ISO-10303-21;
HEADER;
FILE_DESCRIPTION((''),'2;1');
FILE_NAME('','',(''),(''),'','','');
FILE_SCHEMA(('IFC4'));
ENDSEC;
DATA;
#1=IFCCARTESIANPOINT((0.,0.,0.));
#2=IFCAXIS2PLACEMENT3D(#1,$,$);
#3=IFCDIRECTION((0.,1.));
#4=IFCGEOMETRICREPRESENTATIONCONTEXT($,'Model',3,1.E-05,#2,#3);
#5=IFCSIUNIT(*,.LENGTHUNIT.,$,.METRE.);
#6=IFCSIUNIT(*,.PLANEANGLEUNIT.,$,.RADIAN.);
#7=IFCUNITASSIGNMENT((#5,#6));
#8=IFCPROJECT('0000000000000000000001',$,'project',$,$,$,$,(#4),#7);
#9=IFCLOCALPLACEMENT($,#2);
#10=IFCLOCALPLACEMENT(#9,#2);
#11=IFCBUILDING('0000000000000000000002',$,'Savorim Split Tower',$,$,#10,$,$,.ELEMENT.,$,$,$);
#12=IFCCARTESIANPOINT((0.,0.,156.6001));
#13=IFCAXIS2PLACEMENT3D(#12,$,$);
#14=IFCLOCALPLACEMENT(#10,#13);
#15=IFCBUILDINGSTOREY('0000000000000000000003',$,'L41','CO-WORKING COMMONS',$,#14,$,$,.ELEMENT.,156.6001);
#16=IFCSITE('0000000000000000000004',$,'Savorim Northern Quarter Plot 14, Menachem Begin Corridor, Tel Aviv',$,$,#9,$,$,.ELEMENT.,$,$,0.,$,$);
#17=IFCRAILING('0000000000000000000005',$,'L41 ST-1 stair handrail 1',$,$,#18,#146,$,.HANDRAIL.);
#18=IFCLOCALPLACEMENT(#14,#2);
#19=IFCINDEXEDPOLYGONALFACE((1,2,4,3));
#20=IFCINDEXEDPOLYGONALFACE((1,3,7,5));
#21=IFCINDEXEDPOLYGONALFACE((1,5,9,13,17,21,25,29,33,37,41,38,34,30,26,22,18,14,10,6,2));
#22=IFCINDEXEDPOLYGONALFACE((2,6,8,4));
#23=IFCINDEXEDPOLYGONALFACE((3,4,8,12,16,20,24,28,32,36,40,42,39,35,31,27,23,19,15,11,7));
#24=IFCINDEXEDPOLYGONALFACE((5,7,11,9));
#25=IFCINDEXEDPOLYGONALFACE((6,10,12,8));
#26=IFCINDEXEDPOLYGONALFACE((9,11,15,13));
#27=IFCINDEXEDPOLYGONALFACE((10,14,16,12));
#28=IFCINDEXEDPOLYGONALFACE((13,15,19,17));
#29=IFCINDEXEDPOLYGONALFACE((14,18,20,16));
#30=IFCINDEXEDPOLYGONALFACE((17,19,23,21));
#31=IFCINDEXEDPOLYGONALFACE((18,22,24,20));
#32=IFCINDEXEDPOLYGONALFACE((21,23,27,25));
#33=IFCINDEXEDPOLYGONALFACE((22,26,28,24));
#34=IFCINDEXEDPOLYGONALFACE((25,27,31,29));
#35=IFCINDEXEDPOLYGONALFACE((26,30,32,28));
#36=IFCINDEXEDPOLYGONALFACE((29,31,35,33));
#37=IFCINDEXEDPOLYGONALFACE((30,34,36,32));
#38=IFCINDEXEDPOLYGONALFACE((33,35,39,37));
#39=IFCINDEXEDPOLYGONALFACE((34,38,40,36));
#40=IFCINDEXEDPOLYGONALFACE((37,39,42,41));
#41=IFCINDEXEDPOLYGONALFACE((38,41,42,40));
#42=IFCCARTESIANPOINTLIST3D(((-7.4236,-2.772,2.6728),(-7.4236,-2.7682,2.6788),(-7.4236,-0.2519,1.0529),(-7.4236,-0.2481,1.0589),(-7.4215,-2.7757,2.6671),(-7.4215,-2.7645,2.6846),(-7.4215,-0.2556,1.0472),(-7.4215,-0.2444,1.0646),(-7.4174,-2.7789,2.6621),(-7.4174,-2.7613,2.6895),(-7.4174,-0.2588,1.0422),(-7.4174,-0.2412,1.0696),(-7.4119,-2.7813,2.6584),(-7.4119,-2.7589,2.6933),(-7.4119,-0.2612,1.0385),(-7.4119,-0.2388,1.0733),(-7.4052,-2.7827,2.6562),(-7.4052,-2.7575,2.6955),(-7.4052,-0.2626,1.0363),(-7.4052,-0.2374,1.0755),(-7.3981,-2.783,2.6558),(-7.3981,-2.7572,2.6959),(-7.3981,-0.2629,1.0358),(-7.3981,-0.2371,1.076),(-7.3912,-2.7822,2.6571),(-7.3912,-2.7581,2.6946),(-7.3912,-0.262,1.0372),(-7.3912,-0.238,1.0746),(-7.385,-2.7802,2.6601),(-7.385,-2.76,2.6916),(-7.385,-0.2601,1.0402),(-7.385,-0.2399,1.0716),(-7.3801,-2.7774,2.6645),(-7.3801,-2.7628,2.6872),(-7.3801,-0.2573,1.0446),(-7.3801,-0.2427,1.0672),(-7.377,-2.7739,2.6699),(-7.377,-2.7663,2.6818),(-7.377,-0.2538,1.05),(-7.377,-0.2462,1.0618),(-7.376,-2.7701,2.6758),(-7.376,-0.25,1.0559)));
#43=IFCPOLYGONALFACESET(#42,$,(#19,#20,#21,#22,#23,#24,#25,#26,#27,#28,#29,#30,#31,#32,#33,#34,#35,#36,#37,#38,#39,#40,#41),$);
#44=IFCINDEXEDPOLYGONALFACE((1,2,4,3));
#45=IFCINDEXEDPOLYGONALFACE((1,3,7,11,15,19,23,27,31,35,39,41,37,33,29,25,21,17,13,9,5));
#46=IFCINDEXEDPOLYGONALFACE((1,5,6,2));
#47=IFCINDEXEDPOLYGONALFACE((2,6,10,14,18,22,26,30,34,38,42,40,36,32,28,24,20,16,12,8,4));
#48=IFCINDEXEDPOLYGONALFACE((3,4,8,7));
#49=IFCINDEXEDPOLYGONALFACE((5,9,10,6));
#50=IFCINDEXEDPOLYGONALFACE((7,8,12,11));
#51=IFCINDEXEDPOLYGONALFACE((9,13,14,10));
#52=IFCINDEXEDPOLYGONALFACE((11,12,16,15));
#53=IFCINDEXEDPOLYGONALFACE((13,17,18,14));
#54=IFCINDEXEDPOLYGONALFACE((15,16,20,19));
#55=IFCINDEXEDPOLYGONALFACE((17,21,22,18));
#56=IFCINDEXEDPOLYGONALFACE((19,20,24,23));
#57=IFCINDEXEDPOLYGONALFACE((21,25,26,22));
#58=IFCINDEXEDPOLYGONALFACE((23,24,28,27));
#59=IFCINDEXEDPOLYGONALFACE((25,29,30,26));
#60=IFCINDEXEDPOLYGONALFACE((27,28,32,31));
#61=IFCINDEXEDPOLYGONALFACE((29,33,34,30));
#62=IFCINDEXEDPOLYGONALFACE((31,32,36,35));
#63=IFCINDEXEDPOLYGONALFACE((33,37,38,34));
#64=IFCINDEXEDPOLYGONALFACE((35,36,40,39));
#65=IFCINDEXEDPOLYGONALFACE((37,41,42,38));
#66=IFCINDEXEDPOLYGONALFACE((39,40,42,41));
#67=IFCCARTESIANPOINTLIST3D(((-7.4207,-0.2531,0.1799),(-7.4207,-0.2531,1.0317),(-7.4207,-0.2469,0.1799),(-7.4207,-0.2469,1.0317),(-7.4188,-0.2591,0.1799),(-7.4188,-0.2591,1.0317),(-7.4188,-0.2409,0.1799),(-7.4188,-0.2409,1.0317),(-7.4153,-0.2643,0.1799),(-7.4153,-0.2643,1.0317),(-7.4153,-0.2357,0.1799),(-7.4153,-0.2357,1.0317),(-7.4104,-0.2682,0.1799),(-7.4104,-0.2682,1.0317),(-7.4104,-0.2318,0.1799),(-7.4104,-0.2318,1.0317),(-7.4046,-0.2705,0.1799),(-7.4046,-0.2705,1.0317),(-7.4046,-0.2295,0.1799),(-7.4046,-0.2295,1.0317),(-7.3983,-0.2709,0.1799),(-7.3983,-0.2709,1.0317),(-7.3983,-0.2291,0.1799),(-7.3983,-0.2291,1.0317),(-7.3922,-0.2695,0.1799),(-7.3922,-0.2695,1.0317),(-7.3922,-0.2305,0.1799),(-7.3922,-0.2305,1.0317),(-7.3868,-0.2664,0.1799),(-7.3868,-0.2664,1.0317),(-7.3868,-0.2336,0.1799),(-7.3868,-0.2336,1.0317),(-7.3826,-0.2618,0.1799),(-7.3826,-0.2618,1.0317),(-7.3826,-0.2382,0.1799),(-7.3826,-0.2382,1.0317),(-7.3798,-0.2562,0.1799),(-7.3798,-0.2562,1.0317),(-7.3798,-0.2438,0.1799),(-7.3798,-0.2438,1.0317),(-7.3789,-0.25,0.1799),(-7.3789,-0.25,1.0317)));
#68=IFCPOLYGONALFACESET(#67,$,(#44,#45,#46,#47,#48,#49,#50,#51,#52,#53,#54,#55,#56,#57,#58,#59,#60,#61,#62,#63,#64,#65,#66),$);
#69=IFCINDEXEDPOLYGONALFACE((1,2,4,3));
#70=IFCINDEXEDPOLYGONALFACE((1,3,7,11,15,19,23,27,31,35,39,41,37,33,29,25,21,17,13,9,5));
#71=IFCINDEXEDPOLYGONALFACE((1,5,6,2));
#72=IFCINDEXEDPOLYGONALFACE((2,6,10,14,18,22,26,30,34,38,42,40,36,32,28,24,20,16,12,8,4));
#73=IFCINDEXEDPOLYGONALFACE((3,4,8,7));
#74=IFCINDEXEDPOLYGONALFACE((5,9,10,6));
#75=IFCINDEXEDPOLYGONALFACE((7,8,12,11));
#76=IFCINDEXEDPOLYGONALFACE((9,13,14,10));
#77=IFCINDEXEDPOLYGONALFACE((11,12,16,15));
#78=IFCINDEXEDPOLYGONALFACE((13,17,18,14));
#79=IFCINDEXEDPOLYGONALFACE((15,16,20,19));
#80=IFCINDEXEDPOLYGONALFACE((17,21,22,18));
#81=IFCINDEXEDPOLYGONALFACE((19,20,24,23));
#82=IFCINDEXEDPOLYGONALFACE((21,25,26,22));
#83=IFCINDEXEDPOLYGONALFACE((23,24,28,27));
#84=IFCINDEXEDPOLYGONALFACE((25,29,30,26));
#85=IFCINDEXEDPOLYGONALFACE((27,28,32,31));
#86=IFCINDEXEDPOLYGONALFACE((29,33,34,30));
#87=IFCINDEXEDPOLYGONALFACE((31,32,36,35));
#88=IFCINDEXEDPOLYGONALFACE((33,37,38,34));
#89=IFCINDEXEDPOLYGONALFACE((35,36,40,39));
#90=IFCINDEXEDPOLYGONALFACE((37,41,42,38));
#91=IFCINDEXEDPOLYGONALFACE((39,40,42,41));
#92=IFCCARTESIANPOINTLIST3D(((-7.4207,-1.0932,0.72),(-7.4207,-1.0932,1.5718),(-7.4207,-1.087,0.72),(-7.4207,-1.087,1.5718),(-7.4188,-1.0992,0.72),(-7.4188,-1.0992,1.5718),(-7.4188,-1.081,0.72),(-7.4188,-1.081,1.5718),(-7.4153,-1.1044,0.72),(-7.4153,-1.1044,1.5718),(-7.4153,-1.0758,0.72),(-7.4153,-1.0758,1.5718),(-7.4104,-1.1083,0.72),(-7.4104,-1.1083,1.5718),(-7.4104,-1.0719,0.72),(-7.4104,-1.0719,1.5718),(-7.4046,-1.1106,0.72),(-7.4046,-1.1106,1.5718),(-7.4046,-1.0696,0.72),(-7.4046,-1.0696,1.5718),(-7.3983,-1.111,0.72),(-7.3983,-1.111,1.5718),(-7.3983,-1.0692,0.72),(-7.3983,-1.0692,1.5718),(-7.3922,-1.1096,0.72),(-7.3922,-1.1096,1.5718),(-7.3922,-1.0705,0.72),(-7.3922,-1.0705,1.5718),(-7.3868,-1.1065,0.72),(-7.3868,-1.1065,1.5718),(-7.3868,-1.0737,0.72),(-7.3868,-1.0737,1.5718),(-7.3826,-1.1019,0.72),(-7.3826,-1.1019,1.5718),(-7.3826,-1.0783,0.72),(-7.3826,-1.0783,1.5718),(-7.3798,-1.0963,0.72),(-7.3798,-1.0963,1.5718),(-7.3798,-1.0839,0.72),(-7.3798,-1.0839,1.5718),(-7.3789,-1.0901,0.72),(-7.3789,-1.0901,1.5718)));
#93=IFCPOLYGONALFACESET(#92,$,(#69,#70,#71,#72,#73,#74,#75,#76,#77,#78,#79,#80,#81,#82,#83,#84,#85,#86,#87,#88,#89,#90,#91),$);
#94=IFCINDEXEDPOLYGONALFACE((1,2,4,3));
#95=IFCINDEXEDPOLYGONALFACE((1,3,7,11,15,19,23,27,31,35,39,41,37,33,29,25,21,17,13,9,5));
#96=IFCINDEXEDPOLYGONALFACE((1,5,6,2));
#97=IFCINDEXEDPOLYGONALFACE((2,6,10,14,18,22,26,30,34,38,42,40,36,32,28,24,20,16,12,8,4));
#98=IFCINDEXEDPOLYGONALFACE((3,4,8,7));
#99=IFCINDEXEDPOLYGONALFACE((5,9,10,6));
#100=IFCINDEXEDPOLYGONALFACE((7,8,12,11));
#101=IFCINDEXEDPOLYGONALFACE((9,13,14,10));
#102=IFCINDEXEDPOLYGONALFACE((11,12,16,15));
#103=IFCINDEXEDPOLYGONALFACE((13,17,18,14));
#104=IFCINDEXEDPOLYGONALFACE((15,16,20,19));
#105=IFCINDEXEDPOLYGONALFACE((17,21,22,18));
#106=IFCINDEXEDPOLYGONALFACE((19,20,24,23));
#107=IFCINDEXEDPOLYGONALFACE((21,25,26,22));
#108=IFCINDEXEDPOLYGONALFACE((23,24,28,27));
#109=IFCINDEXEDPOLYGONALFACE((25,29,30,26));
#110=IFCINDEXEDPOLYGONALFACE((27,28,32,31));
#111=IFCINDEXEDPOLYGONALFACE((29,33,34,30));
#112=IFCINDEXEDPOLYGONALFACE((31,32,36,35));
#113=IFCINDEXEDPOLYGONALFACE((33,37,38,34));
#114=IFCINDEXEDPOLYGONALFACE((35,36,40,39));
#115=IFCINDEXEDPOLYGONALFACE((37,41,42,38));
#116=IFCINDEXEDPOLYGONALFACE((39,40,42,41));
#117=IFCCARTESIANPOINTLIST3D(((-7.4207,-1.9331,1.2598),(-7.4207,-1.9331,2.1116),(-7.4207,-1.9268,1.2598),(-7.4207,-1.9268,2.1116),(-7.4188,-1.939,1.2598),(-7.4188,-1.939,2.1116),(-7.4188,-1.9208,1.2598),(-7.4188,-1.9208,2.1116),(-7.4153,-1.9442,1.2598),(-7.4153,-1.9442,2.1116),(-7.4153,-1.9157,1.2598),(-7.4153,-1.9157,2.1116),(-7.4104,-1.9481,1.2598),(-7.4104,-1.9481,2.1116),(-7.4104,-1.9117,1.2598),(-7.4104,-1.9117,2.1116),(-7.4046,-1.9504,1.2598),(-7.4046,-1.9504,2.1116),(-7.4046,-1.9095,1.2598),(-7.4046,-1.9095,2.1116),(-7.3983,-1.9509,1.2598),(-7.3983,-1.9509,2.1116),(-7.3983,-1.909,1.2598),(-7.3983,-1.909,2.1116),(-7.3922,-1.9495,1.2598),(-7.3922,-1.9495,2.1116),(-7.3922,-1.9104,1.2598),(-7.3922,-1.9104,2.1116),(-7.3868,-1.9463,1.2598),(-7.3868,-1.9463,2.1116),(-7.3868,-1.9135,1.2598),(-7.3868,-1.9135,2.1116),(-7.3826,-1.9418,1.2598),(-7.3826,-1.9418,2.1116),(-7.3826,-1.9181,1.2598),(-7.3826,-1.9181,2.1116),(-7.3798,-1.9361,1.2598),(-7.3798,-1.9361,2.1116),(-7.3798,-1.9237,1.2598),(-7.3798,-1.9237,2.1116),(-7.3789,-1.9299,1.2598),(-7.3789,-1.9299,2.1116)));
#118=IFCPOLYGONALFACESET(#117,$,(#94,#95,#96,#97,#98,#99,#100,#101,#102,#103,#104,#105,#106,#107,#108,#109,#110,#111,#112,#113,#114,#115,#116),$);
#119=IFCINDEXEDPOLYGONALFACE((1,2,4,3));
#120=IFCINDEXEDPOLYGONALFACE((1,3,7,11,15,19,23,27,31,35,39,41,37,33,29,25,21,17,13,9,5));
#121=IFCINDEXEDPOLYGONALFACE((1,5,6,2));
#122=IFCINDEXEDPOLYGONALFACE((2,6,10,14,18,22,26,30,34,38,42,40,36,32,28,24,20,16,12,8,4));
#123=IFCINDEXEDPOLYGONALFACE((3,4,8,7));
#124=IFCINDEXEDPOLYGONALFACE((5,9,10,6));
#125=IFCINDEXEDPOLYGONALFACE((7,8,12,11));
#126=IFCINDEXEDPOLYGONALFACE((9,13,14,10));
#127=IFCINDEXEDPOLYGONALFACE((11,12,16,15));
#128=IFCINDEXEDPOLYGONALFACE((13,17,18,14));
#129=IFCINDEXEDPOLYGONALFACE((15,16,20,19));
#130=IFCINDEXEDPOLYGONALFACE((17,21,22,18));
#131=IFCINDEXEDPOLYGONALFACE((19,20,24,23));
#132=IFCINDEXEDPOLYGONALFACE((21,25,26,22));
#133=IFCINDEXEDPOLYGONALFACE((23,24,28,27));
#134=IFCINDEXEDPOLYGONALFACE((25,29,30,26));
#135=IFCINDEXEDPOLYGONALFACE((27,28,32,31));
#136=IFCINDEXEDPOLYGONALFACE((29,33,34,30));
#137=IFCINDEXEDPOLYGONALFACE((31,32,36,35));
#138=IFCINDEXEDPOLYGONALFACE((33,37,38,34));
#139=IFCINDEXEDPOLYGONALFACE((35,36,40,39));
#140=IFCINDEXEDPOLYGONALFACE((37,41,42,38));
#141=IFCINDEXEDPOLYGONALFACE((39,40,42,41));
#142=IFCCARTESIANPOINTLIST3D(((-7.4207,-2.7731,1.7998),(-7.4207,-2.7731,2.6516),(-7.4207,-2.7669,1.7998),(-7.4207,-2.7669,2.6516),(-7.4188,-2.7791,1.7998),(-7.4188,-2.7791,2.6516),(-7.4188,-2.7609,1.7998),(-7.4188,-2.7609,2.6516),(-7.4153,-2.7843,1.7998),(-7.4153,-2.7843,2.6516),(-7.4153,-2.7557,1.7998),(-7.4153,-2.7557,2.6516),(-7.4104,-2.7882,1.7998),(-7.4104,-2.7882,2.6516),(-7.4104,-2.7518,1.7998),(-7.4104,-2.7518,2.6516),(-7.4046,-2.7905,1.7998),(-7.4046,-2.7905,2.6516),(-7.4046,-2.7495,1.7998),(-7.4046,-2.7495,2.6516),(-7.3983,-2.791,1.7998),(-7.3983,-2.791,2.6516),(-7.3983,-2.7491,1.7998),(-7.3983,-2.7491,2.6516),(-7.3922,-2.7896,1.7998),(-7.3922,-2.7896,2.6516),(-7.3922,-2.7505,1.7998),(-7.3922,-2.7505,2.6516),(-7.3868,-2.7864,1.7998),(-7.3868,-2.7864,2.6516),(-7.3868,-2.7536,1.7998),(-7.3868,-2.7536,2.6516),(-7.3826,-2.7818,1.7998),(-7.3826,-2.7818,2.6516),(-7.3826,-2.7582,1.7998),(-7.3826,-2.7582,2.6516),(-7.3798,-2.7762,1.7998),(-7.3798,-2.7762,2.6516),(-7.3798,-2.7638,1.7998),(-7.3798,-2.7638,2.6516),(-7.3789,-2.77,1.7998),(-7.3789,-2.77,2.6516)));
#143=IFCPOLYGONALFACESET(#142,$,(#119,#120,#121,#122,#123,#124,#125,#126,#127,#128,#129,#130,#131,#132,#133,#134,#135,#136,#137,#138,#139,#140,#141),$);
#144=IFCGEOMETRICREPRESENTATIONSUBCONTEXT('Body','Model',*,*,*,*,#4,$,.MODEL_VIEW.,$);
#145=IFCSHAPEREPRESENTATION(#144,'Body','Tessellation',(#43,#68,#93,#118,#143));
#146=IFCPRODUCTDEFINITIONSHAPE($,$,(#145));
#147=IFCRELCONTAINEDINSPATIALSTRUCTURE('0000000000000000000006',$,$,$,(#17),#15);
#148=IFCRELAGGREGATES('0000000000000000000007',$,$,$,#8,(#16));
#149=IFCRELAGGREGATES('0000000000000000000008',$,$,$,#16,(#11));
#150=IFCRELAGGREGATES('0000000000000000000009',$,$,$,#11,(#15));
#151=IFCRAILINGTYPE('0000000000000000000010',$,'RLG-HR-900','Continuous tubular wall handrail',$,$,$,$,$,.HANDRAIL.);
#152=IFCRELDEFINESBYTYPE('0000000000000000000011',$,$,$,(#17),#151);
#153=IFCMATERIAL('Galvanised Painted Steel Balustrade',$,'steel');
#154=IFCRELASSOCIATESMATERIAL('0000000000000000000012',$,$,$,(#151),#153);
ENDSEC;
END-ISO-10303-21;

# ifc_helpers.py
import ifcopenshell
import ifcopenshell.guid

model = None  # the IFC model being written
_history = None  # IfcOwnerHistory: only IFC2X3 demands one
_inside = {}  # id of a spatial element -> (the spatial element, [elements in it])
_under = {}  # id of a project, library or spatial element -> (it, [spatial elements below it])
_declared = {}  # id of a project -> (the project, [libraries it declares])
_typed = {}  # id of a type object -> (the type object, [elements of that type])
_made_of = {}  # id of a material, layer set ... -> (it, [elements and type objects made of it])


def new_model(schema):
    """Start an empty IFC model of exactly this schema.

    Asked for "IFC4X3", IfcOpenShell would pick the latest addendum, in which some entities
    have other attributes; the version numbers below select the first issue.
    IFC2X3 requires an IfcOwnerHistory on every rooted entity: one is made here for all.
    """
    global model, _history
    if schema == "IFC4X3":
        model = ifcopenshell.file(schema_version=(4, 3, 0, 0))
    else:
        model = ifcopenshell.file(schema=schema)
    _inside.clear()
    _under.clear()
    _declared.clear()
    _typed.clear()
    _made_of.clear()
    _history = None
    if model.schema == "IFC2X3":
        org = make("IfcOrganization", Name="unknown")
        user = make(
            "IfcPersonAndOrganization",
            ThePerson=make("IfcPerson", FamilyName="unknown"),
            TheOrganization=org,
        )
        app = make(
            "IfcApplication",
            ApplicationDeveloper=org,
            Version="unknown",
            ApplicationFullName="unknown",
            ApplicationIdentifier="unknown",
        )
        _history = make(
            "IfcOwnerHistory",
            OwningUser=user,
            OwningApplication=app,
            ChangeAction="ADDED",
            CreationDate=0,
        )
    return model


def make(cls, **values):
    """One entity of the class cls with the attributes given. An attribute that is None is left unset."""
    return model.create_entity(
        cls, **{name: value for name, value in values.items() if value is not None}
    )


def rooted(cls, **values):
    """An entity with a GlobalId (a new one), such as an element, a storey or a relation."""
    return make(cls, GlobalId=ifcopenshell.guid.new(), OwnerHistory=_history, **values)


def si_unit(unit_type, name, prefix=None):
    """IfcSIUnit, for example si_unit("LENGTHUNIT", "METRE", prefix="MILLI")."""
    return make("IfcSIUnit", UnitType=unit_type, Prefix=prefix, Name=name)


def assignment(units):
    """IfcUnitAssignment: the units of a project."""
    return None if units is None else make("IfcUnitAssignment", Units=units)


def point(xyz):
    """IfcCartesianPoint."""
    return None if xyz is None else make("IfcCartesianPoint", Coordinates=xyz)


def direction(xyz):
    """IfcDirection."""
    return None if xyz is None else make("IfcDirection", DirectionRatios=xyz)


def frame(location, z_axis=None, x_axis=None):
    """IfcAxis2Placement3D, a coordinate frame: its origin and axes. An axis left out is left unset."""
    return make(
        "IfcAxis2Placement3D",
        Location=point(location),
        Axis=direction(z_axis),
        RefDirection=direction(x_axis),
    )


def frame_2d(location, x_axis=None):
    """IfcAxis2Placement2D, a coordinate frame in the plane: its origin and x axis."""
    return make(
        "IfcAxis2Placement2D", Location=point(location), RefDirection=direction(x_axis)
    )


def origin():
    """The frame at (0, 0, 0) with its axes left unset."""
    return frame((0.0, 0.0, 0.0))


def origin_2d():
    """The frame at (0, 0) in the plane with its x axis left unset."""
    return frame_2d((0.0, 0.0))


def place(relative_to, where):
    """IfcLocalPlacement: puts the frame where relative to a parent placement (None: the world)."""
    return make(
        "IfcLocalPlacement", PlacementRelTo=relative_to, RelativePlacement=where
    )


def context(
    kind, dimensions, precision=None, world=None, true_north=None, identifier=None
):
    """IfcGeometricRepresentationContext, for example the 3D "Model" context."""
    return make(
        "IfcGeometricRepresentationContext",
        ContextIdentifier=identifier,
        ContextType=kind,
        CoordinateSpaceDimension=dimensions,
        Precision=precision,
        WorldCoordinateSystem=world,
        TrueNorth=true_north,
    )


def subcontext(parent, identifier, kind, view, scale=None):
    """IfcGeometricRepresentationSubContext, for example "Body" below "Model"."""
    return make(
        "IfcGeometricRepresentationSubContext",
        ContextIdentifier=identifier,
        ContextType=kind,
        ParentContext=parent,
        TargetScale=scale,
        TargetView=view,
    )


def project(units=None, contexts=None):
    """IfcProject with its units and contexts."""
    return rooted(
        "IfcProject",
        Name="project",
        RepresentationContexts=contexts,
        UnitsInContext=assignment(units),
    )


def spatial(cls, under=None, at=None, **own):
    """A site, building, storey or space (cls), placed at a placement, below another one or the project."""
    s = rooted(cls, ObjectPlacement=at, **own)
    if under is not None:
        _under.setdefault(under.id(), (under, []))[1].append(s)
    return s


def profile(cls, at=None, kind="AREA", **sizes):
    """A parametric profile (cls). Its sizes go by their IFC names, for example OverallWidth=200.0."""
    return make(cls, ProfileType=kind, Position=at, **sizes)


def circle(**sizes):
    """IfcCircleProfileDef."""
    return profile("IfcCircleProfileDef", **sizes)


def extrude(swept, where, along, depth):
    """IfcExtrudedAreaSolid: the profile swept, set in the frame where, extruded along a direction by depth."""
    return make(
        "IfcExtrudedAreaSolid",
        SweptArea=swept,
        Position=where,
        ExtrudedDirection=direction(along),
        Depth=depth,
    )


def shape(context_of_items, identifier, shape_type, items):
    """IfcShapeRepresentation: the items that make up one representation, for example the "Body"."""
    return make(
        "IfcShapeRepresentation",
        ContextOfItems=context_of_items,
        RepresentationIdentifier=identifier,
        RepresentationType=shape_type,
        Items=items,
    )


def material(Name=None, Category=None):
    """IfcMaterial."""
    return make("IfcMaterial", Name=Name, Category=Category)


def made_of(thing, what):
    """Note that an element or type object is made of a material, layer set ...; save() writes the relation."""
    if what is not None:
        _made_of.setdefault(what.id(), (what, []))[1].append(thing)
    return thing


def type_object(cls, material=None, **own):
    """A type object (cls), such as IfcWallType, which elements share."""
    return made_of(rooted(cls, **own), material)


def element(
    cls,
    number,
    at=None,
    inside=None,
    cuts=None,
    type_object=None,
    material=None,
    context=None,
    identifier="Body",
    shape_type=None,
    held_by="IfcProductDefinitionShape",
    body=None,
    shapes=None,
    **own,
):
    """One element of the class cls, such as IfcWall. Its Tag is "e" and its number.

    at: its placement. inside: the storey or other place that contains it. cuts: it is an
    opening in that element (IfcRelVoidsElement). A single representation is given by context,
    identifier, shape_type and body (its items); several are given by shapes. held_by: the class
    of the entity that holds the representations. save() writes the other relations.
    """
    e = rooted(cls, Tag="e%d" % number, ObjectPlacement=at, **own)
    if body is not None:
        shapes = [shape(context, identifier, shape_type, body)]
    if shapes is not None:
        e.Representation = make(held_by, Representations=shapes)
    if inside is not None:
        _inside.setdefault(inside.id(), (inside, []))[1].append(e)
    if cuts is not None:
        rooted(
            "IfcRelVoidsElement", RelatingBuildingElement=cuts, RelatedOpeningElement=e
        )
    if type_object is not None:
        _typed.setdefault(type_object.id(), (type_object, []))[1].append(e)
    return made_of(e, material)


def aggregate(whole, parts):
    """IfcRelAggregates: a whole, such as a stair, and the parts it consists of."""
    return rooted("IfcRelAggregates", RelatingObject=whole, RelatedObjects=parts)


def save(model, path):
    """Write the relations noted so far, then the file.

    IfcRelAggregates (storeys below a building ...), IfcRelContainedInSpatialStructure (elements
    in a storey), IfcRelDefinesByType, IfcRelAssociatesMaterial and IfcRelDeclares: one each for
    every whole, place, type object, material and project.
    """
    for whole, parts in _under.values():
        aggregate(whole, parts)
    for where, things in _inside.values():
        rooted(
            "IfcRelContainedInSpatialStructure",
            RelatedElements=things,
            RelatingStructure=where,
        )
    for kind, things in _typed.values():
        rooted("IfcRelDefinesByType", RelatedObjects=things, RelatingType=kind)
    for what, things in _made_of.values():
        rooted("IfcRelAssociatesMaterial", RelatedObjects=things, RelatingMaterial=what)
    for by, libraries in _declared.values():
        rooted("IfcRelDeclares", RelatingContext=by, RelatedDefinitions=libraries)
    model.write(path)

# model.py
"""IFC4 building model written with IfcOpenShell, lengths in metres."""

from ifc_helpers import new_model, si_unit, direction, frame, origin, origin_2d, place, context, subcontext, project, spatial, circle, extrude, material, type_object, element, save


model = new_model("IFC4")

# Units and contexts
model_context = context("Model", 3, precision=1e-05, world=origin(), true_north=direction((0.0, 1.0)))
body_context = subcontext(model_context, "Body", "Model", "MODEL_VIEW")
ifc_project = project(units=[si_unit("LENGTHUNIT", "METRE"), si_unit("PLANEANGLEUNIT", "RADIAN")], contexts=[model_context])

# Site, building, storey
site_placement = place(None, origin())
site = spatial("IfcSite", under=ifc_project, at=site_placement, Name="Savorim Northern Quarter Plot 14, Menachem Begin Corridor, Tel Aviv", CompositionType="ELEMENT", RefElevation=0.0)
building_placement = place(site_placement, origin())
building = spatial("IfcBuilding", under=site, at=building_placement, Name="Savorim Split Tower", CompositionType="ELEMENT")
storey_placement = place(building_placement, frame((0.0, 0.0, 156.6001)))
storey = spatial("IfcBuildingStorey", under=building, at=storey_placement, Name="L41", Description="CO-WORKING COMMONS", CompositionType="ELEMENT", Elevation=156.6001)

# Railing
ifc_material_1 = material(Name="Galvanised Painted Steel Balustrade", Category="steel")
railing_type_1 = type_object("IfcRailingType", Name="RLG-HR-900", Description="Continuous tubular wall handrail", PredefinedType="HANDRAIL", material=ifc_material_1)
railing_1_placement = place(storey_placement, frame((-7.3999, -0.25, 0.1799)))
element("IfcRailing", 1, at=railing_1_placement, inside=storey, type_object=railing_type_1, Name="L41 ST-1 stair handrail 1", PredefinedType="HANDRAIL", context=body_context, shape_type="SweptSolid", body=[
    extrude(circle(Radius=0.0239, at=origin_2d()), frame((0.0, 0.0, 0.876), z_axis=(0.0, -0.8412, 0.540725), x_axis=(1.0, 0.0, 0.0)), (0.0, 0.0, 1.0), 2.9958),
    extrude(circle(Radius=0.021, at=origin_2d()), origin(), (0.0, 0.0, 1.0), 0.8518),
    extrude(circle(Radius=0.021, at=origin_2d()), frame((0.0, -0.8401, 0.54)), (0.0, 0.0, 1.0), 0.8518),
    extrude(circle(Radius=0.021, at=origin_2d()), frame((0.0, -1.6799, 1.0798)), (0.0, 0.0, 1.0), 0.8518),
    extrude(circle(Radius=0.021, at=origin_2d()), frame((0.0, -2.52, 1.6199)), (0.0, 0.0, 1.0), 0.8518),
])

save(model, "model.ifc")
